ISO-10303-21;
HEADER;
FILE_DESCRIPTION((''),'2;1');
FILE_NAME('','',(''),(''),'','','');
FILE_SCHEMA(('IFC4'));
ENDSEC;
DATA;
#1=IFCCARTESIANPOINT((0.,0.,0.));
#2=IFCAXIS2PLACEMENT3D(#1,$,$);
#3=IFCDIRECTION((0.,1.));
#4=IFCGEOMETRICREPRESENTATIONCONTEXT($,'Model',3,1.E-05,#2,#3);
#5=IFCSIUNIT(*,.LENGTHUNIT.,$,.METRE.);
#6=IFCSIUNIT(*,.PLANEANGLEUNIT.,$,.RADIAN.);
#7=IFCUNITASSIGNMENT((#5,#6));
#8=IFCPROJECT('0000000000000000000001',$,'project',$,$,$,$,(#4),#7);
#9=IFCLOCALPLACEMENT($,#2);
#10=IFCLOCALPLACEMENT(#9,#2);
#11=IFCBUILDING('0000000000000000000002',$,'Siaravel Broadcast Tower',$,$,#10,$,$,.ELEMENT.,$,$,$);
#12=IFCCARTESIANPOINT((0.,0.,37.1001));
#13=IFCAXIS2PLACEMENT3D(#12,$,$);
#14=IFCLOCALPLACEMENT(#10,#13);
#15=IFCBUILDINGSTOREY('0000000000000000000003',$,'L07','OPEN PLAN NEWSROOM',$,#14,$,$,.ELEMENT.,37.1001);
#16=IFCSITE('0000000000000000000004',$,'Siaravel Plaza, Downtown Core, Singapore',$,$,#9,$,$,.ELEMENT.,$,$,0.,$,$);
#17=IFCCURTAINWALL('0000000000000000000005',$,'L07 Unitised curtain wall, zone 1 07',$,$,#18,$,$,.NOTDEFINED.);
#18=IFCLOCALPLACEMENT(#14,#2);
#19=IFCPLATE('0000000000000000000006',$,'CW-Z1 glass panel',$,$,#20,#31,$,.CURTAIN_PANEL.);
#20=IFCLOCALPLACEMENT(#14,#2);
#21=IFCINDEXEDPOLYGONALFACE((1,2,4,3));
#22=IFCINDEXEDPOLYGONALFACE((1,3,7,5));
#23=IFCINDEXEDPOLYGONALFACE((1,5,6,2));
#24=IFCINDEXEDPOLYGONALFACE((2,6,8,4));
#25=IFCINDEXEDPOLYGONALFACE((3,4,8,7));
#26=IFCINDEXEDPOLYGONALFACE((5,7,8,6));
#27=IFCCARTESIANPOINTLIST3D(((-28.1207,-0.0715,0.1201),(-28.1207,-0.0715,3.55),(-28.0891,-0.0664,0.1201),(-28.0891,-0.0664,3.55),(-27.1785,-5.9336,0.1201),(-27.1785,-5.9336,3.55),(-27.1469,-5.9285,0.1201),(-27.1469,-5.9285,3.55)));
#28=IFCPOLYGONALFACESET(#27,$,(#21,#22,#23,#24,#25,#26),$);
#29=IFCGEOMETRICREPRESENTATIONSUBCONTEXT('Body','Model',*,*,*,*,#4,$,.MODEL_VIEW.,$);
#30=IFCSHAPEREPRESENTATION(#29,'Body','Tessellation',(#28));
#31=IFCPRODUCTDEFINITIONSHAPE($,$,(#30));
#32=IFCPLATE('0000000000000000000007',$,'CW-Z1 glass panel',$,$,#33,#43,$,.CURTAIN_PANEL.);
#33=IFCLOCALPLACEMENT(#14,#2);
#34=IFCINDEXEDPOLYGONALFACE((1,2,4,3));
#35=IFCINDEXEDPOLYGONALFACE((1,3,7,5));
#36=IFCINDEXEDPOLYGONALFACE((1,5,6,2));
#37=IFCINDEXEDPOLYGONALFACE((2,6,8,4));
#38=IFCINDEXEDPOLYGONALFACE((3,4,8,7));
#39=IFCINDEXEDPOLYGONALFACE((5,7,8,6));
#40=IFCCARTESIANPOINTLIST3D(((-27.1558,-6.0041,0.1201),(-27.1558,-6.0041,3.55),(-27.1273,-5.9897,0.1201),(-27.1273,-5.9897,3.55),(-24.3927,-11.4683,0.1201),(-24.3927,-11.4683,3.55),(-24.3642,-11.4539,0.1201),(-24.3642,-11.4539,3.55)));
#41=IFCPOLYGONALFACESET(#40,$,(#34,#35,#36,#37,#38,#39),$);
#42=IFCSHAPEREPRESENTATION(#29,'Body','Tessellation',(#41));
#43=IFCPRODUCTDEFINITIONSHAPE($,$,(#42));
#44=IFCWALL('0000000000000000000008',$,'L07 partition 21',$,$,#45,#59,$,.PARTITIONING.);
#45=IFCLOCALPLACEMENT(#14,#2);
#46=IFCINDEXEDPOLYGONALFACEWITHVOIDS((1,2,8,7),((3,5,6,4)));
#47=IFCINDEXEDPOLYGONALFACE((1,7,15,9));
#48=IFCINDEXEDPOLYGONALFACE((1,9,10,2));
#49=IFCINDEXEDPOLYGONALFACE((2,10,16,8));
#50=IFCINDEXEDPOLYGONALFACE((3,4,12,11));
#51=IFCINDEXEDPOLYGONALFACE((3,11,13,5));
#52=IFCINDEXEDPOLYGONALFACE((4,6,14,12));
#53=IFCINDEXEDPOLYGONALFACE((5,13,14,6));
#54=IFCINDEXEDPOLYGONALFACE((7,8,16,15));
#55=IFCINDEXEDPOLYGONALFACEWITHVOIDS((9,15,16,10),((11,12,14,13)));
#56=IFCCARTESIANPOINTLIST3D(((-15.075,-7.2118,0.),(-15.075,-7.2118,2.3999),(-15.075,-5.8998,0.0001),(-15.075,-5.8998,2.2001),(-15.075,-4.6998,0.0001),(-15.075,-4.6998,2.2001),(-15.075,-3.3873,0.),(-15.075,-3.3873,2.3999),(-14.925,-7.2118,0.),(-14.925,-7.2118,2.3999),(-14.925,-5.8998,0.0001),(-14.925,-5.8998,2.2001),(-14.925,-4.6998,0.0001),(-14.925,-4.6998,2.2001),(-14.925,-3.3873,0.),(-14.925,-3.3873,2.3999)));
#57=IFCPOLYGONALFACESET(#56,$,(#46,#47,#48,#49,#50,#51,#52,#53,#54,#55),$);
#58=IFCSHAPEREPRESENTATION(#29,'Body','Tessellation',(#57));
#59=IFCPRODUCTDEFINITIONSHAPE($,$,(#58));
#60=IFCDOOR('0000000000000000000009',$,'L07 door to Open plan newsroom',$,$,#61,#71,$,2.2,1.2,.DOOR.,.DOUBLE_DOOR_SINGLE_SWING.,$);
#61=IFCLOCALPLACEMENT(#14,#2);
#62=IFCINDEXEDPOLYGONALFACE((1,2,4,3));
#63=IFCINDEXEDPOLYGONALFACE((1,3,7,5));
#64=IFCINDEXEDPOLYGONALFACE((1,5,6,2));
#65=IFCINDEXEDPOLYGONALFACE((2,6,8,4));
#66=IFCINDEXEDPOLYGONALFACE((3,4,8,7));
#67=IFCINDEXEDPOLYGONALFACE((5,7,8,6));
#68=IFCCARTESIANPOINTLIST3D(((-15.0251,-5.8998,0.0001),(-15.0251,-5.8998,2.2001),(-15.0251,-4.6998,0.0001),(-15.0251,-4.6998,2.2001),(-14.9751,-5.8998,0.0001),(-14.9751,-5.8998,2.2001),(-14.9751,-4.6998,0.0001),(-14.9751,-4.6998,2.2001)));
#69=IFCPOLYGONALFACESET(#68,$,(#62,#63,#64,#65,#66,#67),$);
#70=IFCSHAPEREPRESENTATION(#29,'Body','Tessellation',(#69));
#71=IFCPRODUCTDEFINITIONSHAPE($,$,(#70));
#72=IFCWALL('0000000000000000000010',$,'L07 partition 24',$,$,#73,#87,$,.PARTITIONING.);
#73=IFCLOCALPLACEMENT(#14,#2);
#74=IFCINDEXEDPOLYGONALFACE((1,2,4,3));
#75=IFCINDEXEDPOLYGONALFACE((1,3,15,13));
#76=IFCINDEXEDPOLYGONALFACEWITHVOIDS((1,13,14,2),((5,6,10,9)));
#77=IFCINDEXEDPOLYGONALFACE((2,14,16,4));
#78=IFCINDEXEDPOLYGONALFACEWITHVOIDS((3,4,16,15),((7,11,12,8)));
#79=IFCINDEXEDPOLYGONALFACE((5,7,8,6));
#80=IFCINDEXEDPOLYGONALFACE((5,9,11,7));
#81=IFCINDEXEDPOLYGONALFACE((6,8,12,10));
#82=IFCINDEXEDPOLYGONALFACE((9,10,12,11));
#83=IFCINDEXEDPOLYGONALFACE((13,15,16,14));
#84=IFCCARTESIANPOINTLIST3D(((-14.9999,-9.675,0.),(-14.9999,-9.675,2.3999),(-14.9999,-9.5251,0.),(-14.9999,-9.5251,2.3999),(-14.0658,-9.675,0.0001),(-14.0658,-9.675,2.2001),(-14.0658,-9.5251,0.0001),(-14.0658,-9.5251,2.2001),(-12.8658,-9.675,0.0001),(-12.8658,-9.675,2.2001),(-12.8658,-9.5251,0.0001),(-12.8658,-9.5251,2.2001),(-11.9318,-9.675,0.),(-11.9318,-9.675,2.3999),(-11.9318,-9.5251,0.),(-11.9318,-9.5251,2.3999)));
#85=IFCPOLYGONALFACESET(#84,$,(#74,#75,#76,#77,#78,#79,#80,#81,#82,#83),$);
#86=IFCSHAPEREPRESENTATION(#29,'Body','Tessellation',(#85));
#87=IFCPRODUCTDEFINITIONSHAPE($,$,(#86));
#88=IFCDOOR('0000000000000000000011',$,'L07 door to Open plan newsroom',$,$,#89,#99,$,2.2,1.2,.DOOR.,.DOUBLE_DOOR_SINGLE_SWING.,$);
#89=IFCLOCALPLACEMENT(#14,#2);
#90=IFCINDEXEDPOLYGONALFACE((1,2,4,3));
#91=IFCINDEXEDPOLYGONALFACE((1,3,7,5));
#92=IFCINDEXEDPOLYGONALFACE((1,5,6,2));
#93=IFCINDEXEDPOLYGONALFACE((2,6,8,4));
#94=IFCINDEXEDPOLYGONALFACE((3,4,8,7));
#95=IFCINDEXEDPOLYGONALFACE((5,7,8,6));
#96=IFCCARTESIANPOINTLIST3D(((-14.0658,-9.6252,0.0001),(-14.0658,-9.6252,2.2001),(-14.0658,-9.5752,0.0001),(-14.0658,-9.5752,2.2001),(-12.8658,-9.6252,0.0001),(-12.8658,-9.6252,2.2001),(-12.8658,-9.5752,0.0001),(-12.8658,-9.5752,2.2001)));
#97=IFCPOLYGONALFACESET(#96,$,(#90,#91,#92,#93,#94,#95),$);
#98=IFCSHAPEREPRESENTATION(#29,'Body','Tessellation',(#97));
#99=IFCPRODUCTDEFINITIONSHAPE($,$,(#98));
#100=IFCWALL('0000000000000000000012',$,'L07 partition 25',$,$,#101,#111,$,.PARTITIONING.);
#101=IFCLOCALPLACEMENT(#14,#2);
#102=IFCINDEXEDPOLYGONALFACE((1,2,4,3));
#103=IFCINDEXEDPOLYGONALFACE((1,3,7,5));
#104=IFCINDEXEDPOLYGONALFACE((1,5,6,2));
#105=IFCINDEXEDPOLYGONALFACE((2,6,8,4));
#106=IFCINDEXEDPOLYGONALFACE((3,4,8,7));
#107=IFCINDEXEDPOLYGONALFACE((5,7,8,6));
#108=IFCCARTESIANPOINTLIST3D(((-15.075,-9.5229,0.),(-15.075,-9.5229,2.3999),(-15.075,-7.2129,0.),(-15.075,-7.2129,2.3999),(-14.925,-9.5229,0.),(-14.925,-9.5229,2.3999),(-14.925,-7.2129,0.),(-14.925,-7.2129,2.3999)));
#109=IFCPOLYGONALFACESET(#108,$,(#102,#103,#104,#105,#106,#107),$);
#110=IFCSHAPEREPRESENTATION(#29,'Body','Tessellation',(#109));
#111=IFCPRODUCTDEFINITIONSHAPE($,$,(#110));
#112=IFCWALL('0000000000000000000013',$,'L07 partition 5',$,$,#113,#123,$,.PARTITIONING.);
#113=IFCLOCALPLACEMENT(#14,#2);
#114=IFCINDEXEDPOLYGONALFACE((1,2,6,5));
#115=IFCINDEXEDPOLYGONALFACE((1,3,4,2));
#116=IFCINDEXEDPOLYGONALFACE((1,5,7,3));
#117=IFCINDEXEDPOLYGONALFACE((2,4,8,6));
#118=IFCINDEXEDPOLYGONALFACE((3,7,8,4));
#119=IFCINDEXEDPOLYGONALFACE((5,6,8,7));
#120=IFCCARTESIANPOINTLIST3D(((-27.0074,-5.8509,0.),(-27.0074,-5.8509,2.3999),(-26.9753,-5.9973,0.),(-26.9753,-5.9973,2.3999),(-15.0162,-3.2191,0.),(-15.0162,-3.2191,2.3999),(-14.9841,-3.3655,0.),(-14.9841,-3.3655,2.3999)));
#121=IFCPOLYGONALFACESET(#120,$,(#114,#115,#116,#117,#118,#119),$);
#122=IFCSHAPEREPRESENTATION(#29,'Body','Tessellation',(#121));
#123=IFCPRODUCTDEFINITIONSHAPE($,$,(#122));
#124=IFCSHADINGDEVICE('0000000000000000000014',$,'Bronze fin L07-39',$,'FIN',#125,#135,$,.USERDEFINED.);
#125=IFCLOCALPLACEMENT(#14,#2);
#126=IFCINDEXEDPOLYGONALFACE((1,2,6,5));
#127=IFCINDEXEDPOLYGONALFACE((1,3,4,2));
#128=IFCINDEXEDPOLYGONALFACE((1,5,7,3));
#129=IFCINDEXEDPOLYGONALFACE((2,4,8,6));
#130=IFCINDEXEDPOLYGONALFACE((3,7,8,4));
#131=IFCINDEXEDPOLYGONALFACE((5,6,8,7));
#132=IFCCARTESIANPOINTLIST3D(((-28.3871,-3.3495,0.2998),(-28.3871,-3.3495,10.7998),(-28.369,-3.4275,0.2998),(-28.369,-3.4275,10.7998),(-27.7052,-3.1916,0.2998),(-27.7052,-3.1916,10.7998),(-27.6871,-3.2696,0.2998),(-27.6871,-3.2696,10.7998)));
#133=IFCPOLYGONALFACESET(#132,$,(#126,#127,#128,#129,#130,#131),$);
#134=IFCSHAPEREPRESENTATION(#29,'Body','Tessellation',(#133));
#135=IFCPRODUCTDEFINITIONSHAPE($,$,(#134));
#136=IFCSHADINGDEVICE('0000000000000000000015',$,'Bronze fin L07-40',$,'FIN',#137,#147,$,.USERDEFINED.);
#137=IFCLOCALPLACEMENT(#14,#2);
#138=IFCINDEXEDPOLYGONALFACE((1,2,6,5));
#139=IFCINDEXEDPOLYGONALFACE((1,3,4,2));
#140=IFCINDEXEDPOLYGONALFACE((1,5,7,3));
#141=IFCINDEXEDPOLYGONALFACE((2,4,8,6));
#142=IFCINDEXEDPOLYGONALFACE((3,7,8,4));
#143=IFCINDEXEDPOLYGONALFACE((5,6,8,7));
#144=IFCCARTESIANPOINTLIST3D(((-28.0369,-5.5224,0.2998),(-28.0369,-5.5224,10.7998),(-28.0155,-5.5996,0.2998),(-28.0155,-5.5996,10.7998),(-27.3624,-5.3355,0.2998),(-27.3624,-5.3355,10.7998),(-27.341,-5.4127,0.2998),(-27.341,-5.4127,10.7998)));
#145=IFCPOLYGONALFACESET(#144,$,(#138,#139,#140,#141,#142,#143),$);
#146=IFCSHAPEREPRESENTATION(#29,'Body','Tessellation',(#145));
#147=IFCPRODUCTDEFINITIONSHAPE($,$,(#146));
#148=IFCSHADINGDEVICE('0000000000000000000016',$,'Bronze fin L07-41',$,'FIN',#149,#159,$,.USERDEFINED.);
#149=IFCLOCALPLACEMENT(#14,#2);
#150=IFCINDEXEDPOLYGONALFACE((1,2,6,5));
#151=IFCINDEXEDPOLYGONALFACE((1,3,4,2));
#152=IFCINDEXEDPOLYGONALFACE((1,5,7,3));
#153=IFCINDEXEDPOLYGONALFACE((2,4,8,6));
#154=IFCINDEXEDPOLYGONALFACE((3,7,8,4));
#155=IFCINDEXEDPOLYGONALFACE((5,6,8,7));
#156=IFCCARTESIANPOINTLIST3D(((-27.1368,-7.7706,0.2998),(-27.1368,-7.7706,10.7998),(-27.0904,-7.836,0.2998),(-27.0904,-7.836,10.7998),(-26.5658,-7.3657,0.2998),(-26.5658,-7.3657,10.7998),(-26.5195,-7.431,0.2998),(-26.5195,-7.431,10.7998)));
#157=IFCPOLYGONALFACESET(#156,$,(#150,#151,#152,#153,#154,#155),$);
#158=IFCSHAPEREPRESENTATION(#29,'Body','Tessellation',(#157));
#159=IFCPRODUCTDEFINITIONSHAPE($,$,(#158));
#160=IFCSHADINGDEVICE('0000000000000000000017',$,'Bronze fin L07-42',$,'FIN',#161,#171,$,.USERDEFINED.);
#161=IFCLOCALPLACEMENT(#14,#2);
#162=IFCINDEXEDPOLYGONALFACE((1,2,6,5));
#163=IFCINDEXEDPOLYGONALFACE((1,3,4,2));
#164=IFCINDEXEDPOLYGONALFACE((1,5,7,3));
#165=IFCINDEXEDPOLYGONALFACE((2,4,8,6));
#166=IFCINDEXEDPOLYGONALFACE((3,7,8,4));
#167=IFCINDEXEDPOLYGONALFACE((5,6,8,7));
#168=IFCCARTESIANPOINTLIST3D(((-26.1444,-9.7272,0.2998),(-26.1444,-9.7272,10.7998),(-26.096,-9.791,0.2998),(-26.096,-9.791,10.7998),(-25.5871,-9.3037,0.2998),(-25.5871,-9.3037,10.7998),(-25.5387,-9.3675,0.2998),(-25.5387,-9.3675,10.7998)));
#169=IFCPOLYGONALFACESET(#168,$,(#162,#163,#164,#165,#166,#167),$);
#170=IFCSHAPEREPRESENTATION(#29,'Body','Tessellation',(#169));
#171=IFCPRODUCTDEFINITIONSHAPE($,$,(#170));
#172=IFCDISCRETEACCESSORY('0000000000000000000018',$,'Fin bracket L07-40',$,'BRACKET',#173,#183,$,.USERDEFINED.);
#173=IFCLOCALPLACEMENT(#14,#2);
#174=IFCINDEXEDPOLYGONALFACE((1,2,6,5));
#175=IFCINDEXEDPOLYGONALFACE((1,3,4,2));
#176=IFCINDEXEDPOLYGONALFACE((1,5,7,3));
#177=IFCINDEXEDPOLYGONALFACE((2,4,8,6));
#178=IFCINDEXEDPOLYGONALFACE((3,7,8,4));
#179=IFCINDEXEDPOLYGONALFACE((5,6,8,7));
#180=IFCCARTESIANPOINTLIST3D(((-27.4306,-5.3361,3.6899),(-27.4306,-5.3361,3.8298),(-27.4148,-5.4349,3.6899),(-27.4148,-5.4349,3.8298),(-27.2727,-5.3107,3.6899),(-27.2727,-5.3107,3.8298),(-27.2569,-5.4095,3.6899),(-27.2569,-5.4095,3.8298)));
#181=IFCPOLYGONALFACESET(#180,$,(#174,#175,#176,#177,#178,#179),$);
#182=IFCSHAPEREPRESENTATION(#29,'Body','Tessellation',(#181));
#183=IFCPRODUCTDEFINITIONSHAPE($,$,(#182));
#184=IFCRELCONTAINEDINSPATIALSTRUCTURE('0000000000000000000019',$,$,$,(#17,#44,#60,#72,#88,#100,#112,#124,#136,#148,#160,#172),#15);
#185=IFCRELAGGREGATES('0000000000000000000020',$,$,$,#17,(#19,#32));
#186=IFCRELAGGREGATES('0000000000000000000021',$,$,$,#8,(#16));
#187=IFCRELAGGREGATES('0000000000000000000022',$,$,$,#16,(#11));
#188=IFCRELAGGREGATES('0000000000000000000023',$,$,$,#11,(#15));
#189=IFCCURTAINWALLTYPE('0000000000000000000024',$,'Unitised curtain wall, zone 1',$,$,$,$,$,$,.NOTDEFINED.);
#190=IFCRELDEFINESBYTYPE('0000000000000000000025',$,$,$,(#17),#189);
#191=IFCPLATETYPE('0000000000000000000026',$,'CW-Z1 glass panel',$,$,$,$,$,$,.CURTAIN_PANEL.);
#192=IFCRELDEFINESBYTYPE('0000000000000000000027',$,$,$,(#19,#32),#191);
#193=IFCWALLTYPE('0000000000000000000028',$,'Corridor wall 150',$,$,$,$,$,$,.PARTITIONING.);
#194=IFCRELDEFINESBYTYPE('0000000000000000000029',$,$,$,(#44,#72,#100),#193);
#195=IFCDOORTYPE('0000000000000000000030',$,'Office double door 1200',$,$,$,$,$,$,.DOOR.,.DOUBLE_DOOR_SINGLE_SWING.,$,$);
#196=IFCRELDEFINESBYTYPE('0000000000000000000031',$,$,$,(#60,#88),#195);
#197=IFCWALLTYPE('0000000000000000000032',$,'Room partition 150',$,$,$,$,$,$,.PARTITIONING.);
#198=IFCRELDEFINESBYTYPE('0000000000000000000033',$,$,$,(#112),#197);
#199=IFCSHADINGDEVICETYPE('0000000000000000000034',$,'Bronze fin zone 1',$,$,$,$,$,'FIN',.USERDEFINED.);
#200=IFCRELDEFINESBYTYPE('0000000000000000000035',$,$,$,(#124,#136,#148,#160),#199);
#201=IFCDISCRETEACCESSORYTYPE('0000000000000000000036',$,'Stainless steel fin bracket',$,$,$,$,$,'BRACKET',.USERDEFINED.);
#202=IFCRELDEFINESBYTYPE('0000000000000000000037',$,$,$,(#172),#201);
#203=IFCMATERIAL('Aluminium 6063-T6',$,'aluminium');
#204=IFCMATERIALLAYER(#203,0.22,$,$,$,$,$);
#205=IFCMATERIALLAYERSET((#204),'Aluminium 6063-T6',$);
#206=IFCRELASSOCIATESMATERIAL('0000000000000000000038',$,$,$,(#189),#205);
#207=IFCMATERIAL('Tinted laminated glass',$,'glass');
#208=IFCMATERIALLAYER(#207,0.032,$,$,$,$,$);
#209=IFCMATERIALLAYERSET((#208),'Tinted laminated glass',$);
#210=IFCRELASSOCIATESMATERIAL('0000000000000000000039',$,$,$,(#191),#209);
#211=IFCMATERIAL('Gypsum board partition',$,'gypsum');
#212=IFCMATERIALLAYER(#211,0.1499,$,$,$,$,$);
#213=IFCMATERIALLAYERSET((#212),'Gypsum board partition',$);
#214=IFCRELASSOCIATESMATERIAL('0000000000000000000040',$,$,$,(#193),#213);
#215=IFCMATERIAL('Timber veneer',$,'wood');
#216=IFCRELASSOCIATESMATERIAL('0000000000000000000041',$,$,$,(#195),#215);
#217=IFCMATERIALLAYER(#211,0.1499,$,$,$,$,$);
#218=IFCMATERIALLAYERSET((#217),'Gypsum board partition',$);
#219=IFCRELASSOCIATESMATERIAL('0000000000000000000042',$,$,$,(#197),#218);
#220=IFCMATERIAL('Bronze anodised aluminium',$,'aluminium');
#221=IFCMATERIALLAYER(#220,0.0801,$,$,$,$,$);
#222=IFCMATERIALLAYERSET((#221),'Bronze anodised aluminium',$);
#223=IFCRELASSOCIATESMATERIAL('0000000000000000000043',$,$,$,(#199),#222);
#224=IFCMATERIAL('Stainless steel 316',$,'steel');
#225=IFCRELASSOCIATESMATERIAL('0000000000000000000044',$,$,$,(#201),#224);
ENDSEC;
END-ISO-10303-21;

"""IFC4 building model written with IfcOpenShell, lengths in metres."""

from ifc_helpers import new_model, si_unit, direction, frame, frame_2d, origin, origin_2d, place, context, subcontext, project, spatial, rectangle, extrude, material, layer, layer_set, type_object, element, fill, aggregate, save


model = new_model("IFC4")

# Units and contexts
model_context = context("Model", 3, precision=1e-05, world=origin(), true_north=direction((0.0, 1.0)))
body_context = subcontext(model_context, "Body", "Model", "MODEL_VIEW")
ifc_project = project(units=[si_unit("LENGTHUNIT", "METRE"), si_unit("PLANEANGLEUNIT", "RADIAN")], contexts=[model_context])

# Site, building, storey
site_placement = place(None, origin())
site = spatial("IfcSite", under=ifc_project, at=site_placement, Name="Siaravel Plaza, Downtown Core, Singapore", CompositionType="ELEMENT", RefElevation=0.0)
building_placement = place(site_placement, origin())
building = spatial("IfcBuilding", under=site, at=building_placement, Name="Siaravel Broadcast Tower", CompositionType="ELEMENT")
storey_placement = place(building_placement, frame((0.0, 0.0, 37.1001)))
storey = spatial("IfcBuildingStorey", under=building, at=storey_placement, Name="L07", Description="OPEN PLAN NEWSROOM", CompositionType="ELEMENT", Elevation=37.1001)

# Curtain wall
ifc_material_1 = material(Name="Aluminium 6063-T6", Category="aluminium")
ifc_layer_1 = layer(ifc_material_1, 0.22)
ifc_layer_set_1 = layer_set([ifc_layer_1], Name="Aluminium 6063-T6")
curtain_wall_type = type_object("IfcCurtainWallType", Name="Unitised curtain wall, zone 1", PredefinedType="NOTDEFINED", material=ifc_layer_set_1)
curtain_wall_placement = place(storey_placement, origin())
curtain_wall = element("IfcCurtainWall", 1, at=curtain_wall_placement, inside=storey, type_object=curtain_wall_type, Name="L07 Unitised curtain wall, zone 1 07", PredefinedType="NOTDEFINED")

# Plates
ifc_material_2 = material(Name="Tinted laminated glass", Category="glass")
ifc_layer_2 = layer(ifc_material_2, 0.032)
ifc_layer_set_2 = layer_set([ifc_layer_2], Name="Tinted laminated glass")
plate_type = type_object("IfcPlateType", Name="CW-Z1 glass panel", PredefinedType="CURTAIN_PANEL", material=ifc_layer_set_2)
plate_1_placement = place(storey_placement, frame((-27.6338, -3.0, 0.1201), z_axis=(0.0, 0.0, 1.0), x_axis=(0.158686, -0.987329, 0.0)))
plate_1 = element("IfcPlate", 2, at=plate_1_placement, type_object=plate_type, Name="CW-Z1 glass panel", PredefinedType="CURTAIN_PANEL", context=body_context, shape_type="SweptSolid", body=[
    extrude(rectangle(XDim=5.9373, YDim=0.032, at=origin_2d()), origin(), (0.0, 0.0, 1.0), 3.4299),
])
plate_2_placement = place(storey_placement, frame((-25.76, -8.729, 0.1201), z_axis=(0.0, 0.0, 1.0), x_axis=(0.451261, -0.892392, 0.0)))
plate_2 = element("IfcPlate", 3, at=plate_2_placement, type_object=plate_type, Name="CW-Z1 glass panel", PredefinedType="CURTAIN_PANEL", context=body_context, shape_type="SweptSolid", body=[
    extrude(rectangle(XDim=6.123, YDim=0.032, at=origin_2d()), origin(), (0.0, 0.0, 1.0), 3.4299),
])
aggregate(curtain_wall, [plate_1, plate_2])

# Walls, openings, doors
ifc_material_3 = material(Name="Gypsum board partition", Category="gypsum")
ifc_layer_3 = layer(ifc_material_3, 0.1499)
ifc_layer_set_3 = layer_set([ifc_layer_3], Name="Gypsum board partition")
wall_type_1 = type_object("IfcWallType", Name="Corridor wall 150", PredefinedType="PARTITIONING", material=ifc_layer_set_3)
wall_1_placement = place(storey_placement, frame((-15.0, -3.3875, 0.0), z_axis=(0.0, 0.0, 1.0), x_axis=(0.0, -1.0, 0.0)))
wall_1 = element("IfcWall", 4, at=wall_1_placement, inside=storey, type_object=wall_type_1, Name="L07 partition 21", PredefinedType="PARTITIONING", context=body_context, shape_type="SweptSolid", body=[
    extrude(rectangle(XDim=3.8245, YDim=0.1499, at=frame_2d((1.9121, 0.0))), origin(), (0.0, 0.0, 1.0), 2.3999),
])
opening_1_placement = place(wall_1_placement, frame((1.3123, 0.0, 0.0)))
opening_1 = element("IfcOpeningElement", 5, at=opening_1_placement, cuts=wall_1, PredefinedType="OPENING", context=body_context, shape_type="SweptSolid", body=[
    extrude(rectangle(XDim=1.2, YDim=2.2, at=frame_2d((0.6001, 1.1001))), frame((0.0, 0.085, 0.0), z_axis=(0.0, -1.0, 0.0), x_axis=(1.0, 0.0, 0.0)), (0.0, 0.0, 1.0), 0.1699),
])
ifc_material_4 = material(Name="Timber veneer", Category="wood")
door_type = type_object("IfcDoorType", Name="Office double door 1200", OperationType="DOUBLE_DOOR_SINGLE_SWING", PredefinedType="DOOR", material=ifc_material_4)
door_1_placement = place(opening_1_placement, origin())
door_1 = element("IfcDoor", 6, at=door_1_placement, inside=storey, type_object=door_type, Name="L07 door to Open plan newsroom", OperationType="DOUBLE_DOOR_SINGLE_SWING", OverallHeight=2.2, OverallWidth=1.2, PredefinedType="DOOR", context=body_context, shape_type="SweptSolid", body=[
    extrude(rectangle(XDim=1.2, YDim=2.2, at=frame_2d((0.6001, 1.1001))), frame((0.0, 0.0249, 0.0), z_axis=(0.0, -1.0, 0.0), x_axis=(1.0, 0.0, 0.0)), (0.0, 0.0, 1.0), 0.05),
])
fill(opening_1, door_1)
wall_2_placement = place(storey_placement, frame((-15.0, -9.6001, 0.0), z_axis=(0.0, 0.0, 1.0), x_axis=(1.0, 0.0, 0.0)))
wall_2 = element("IfcWall", 7, at=wall_2_placement, inside=storey, type_object=wall_type_1, Name="L07 partition 24", PredefinedType="PARTITIONING", context=body_context, shape_type="SweptSolid", body=[
    extrude(rectangle(XDim=3.0681, YDim=0.1499, at=frame_2d((1.5342, 0.0))), origin(), (0.0, 0.0, 1.0), 2.3999),
])
opening_2_placement = place(wall_2_placement, frame((0.9341, 0.0, 0.0)))
opening_2 = element("IfcOpeningElement", 8, at=opening_2_placement, cuts=wall_2, PredefinedType="OPENING", context=body_context, shape_type="SweptSolid", body=[
    extrude(rectangle(XDim=1.2, YDim=2.2, at=frame_2d((0.6001, 1.1001))), frame((0.0, 0.085, 0.0), z_axis=(0.0, -1.0, 0.0), x_axis=(1.0, 0.0, 0.0)), (0.0, 0.0, 1.0), 0.1699),
])
door_2_placement = place(opening_2_placement, origin())
door_2 = element("IfcDoor", 9, at=door_2_placement, inside=storey, type_object=door_type, Name="L07 door to Open plan newsroom", OperationType="DOUBLE_DOOR_SINGLE_SWING", OverallHeight=2.2, OverallWidth=1.2, PredefinedType="DOOR", context=body_context, shape_type="SweptSolid", body=[
    extrude(rectangle(XDim=1.2, YDim=2.2, at=frame_2d((0.6001, 1.1001))), frame((0.0, 0.0249, 0.0), z_axis=(0.0, -1.0, 0.0), x_axis=(1.0, 0.0, 0.0)), (0.0, 0.0, 1.0), 0.05),
])
fill(opening_2, door_2)

# Walls
wall_3_placement = place(storey_placement, frame((-15.0, -7.2129, 0.0), z_axis=(0.0, 0.0, 1.0), x_axis=(0.0, -1.0, 0.0)))
element("IfcWall", 10, at=wall_3_placement, inside=storey, type_object=wall_type_1, Name="L07 partition 25", PredefinedType="PARTITIONING", context=body_context, shape_type="SweptSolid", body=[
    extrude(rectangle(XDim=2.3101, YDim=0.1499, at=frame_2d((1.155, 0.0))), origin(), (0.0, 0.0, 1.0), 2.3999),
])
ifc_layer_4 = layer(ifc_material_3, 0.1499)
ifc_layer_set_4 = layer_set([ifc_layer_4], Name="Gypsum board partition")
wall_type_2 = type_object("IfcWallType", Name="Room partition 150", PredefinedType="PARTITIONING", material=ifc_layer_set_4)
wall_4_placement = place(storey_placement, frame((-26.9912, -5.9241, 0.0), z_axis=(0.0, 0.0, 1.0), x_axis=(0.976751, 0.214378, 0.0)))
element("IfcWall", 11, at=wall_4_placement, inside=storey, type_object=wall_type_2, Name="L07 partition 5", PredefinedType="PARTITIONING", context=body_context, shape_type="SweptSolid", body=[
    extrude(rectangle(XDim=12.2766, YDim=0.1499, at=frame_2d((6.1382, 0.0))), origin(), (0.0, 0.0, 1.0), 2.3999),
])

# Shading devices
ifc_material_5 = material(Name="Bronze anodised aluminium", Category="aluminium")
ifc_layer_5 = layer(ifc_material_5, 0.0801)
ifc_layer_set_5 = layer_set([ifc_layer_5], Name="Bronze anodised aluminium")
shading_device_type = type_object("IfcShadingDeviceType", Name="Bronze fin zone 1", ElementType="FIN", PredefinedType="USERDEFINED", material=ifc_layer_set_5)
for number, where, z_axis, x_axis, name in (
    (12, (-28.0371, -3.3096, 0.2998), (0.0, 0.0, 1.0), (-0.974238, -0.225524, 0.0), "Bronze fin L07-39"),
    (13, (-27.689, -5.4675, 0.2998), (0.0, 0.0, 1.0), (-0.963699, -0.266989, 0.0), "Bronze fin L07-40"),
    (14, (-26.8281, -7.6008, 0.2998), (0.0, 0.0, 1.0), (-0.815676, -0.578508, 0.0), "Bronze fin L07-41"),
    (15, (-25.8416, -9.5474, 0.2998), (0.0, 0.0, 1.0), (-0.796222, -0.605005, 0.0), "Bronze fin L07-42"),
):
    element("IfcShadingDevice", number, at=place(storey_placement, frame(where, z_axis=z_axis, x_axis=x_axis)), inside=storey, type_object=shading_device_type, Name=name, ObjectType="FIN", PredefinedType="USERDEFINED", context=body_context, shape_type="SweptSolid", body=[
        extrude(rectangle(XDim=0.7, YDim=0.0801, at=origin_2d()), origin(), (0.0, 0.0, 1.0), 10.5),
    ])

# Discrete accessory
ifc_material_6 = material(Name="Stainless steel 316", Category="steel")
discrete_accessory_type_1 = type_object("IfcDiscreteAccessoryType", Name="Stainless steel fin bracket", ElementType="BRACKET", PredefinedType="USERDEFINED", material=ifc_material_6)
for number, where, z_axis, x_axis, name in (
    (16, (-27.3438, -5.3728, 3.6899), (0.0, 0.0, 1.0), (-0.987329, -0.158685, 0.0), "Fin bracket L07-40"),
):
    element("IfcDiscreteAccessory", number, at=place(storey_placement, frame(where, z_axis=z_axis, x_axis=x_axis)), inside=storey, type_object=discrete_accessory_type_1, Name=name, ObjectType="BRACKET", PredefinedType="USERDEFINED", context=body_context, shape_type="SweptSolid", body=[
        extrude(rectangle(XDim=0.1599, YDim=0.1001, at=origin_2d()), origin(), (0.0, 0.0, 1.0), 0.1399),
    ])

save(model, "model.ifc")
